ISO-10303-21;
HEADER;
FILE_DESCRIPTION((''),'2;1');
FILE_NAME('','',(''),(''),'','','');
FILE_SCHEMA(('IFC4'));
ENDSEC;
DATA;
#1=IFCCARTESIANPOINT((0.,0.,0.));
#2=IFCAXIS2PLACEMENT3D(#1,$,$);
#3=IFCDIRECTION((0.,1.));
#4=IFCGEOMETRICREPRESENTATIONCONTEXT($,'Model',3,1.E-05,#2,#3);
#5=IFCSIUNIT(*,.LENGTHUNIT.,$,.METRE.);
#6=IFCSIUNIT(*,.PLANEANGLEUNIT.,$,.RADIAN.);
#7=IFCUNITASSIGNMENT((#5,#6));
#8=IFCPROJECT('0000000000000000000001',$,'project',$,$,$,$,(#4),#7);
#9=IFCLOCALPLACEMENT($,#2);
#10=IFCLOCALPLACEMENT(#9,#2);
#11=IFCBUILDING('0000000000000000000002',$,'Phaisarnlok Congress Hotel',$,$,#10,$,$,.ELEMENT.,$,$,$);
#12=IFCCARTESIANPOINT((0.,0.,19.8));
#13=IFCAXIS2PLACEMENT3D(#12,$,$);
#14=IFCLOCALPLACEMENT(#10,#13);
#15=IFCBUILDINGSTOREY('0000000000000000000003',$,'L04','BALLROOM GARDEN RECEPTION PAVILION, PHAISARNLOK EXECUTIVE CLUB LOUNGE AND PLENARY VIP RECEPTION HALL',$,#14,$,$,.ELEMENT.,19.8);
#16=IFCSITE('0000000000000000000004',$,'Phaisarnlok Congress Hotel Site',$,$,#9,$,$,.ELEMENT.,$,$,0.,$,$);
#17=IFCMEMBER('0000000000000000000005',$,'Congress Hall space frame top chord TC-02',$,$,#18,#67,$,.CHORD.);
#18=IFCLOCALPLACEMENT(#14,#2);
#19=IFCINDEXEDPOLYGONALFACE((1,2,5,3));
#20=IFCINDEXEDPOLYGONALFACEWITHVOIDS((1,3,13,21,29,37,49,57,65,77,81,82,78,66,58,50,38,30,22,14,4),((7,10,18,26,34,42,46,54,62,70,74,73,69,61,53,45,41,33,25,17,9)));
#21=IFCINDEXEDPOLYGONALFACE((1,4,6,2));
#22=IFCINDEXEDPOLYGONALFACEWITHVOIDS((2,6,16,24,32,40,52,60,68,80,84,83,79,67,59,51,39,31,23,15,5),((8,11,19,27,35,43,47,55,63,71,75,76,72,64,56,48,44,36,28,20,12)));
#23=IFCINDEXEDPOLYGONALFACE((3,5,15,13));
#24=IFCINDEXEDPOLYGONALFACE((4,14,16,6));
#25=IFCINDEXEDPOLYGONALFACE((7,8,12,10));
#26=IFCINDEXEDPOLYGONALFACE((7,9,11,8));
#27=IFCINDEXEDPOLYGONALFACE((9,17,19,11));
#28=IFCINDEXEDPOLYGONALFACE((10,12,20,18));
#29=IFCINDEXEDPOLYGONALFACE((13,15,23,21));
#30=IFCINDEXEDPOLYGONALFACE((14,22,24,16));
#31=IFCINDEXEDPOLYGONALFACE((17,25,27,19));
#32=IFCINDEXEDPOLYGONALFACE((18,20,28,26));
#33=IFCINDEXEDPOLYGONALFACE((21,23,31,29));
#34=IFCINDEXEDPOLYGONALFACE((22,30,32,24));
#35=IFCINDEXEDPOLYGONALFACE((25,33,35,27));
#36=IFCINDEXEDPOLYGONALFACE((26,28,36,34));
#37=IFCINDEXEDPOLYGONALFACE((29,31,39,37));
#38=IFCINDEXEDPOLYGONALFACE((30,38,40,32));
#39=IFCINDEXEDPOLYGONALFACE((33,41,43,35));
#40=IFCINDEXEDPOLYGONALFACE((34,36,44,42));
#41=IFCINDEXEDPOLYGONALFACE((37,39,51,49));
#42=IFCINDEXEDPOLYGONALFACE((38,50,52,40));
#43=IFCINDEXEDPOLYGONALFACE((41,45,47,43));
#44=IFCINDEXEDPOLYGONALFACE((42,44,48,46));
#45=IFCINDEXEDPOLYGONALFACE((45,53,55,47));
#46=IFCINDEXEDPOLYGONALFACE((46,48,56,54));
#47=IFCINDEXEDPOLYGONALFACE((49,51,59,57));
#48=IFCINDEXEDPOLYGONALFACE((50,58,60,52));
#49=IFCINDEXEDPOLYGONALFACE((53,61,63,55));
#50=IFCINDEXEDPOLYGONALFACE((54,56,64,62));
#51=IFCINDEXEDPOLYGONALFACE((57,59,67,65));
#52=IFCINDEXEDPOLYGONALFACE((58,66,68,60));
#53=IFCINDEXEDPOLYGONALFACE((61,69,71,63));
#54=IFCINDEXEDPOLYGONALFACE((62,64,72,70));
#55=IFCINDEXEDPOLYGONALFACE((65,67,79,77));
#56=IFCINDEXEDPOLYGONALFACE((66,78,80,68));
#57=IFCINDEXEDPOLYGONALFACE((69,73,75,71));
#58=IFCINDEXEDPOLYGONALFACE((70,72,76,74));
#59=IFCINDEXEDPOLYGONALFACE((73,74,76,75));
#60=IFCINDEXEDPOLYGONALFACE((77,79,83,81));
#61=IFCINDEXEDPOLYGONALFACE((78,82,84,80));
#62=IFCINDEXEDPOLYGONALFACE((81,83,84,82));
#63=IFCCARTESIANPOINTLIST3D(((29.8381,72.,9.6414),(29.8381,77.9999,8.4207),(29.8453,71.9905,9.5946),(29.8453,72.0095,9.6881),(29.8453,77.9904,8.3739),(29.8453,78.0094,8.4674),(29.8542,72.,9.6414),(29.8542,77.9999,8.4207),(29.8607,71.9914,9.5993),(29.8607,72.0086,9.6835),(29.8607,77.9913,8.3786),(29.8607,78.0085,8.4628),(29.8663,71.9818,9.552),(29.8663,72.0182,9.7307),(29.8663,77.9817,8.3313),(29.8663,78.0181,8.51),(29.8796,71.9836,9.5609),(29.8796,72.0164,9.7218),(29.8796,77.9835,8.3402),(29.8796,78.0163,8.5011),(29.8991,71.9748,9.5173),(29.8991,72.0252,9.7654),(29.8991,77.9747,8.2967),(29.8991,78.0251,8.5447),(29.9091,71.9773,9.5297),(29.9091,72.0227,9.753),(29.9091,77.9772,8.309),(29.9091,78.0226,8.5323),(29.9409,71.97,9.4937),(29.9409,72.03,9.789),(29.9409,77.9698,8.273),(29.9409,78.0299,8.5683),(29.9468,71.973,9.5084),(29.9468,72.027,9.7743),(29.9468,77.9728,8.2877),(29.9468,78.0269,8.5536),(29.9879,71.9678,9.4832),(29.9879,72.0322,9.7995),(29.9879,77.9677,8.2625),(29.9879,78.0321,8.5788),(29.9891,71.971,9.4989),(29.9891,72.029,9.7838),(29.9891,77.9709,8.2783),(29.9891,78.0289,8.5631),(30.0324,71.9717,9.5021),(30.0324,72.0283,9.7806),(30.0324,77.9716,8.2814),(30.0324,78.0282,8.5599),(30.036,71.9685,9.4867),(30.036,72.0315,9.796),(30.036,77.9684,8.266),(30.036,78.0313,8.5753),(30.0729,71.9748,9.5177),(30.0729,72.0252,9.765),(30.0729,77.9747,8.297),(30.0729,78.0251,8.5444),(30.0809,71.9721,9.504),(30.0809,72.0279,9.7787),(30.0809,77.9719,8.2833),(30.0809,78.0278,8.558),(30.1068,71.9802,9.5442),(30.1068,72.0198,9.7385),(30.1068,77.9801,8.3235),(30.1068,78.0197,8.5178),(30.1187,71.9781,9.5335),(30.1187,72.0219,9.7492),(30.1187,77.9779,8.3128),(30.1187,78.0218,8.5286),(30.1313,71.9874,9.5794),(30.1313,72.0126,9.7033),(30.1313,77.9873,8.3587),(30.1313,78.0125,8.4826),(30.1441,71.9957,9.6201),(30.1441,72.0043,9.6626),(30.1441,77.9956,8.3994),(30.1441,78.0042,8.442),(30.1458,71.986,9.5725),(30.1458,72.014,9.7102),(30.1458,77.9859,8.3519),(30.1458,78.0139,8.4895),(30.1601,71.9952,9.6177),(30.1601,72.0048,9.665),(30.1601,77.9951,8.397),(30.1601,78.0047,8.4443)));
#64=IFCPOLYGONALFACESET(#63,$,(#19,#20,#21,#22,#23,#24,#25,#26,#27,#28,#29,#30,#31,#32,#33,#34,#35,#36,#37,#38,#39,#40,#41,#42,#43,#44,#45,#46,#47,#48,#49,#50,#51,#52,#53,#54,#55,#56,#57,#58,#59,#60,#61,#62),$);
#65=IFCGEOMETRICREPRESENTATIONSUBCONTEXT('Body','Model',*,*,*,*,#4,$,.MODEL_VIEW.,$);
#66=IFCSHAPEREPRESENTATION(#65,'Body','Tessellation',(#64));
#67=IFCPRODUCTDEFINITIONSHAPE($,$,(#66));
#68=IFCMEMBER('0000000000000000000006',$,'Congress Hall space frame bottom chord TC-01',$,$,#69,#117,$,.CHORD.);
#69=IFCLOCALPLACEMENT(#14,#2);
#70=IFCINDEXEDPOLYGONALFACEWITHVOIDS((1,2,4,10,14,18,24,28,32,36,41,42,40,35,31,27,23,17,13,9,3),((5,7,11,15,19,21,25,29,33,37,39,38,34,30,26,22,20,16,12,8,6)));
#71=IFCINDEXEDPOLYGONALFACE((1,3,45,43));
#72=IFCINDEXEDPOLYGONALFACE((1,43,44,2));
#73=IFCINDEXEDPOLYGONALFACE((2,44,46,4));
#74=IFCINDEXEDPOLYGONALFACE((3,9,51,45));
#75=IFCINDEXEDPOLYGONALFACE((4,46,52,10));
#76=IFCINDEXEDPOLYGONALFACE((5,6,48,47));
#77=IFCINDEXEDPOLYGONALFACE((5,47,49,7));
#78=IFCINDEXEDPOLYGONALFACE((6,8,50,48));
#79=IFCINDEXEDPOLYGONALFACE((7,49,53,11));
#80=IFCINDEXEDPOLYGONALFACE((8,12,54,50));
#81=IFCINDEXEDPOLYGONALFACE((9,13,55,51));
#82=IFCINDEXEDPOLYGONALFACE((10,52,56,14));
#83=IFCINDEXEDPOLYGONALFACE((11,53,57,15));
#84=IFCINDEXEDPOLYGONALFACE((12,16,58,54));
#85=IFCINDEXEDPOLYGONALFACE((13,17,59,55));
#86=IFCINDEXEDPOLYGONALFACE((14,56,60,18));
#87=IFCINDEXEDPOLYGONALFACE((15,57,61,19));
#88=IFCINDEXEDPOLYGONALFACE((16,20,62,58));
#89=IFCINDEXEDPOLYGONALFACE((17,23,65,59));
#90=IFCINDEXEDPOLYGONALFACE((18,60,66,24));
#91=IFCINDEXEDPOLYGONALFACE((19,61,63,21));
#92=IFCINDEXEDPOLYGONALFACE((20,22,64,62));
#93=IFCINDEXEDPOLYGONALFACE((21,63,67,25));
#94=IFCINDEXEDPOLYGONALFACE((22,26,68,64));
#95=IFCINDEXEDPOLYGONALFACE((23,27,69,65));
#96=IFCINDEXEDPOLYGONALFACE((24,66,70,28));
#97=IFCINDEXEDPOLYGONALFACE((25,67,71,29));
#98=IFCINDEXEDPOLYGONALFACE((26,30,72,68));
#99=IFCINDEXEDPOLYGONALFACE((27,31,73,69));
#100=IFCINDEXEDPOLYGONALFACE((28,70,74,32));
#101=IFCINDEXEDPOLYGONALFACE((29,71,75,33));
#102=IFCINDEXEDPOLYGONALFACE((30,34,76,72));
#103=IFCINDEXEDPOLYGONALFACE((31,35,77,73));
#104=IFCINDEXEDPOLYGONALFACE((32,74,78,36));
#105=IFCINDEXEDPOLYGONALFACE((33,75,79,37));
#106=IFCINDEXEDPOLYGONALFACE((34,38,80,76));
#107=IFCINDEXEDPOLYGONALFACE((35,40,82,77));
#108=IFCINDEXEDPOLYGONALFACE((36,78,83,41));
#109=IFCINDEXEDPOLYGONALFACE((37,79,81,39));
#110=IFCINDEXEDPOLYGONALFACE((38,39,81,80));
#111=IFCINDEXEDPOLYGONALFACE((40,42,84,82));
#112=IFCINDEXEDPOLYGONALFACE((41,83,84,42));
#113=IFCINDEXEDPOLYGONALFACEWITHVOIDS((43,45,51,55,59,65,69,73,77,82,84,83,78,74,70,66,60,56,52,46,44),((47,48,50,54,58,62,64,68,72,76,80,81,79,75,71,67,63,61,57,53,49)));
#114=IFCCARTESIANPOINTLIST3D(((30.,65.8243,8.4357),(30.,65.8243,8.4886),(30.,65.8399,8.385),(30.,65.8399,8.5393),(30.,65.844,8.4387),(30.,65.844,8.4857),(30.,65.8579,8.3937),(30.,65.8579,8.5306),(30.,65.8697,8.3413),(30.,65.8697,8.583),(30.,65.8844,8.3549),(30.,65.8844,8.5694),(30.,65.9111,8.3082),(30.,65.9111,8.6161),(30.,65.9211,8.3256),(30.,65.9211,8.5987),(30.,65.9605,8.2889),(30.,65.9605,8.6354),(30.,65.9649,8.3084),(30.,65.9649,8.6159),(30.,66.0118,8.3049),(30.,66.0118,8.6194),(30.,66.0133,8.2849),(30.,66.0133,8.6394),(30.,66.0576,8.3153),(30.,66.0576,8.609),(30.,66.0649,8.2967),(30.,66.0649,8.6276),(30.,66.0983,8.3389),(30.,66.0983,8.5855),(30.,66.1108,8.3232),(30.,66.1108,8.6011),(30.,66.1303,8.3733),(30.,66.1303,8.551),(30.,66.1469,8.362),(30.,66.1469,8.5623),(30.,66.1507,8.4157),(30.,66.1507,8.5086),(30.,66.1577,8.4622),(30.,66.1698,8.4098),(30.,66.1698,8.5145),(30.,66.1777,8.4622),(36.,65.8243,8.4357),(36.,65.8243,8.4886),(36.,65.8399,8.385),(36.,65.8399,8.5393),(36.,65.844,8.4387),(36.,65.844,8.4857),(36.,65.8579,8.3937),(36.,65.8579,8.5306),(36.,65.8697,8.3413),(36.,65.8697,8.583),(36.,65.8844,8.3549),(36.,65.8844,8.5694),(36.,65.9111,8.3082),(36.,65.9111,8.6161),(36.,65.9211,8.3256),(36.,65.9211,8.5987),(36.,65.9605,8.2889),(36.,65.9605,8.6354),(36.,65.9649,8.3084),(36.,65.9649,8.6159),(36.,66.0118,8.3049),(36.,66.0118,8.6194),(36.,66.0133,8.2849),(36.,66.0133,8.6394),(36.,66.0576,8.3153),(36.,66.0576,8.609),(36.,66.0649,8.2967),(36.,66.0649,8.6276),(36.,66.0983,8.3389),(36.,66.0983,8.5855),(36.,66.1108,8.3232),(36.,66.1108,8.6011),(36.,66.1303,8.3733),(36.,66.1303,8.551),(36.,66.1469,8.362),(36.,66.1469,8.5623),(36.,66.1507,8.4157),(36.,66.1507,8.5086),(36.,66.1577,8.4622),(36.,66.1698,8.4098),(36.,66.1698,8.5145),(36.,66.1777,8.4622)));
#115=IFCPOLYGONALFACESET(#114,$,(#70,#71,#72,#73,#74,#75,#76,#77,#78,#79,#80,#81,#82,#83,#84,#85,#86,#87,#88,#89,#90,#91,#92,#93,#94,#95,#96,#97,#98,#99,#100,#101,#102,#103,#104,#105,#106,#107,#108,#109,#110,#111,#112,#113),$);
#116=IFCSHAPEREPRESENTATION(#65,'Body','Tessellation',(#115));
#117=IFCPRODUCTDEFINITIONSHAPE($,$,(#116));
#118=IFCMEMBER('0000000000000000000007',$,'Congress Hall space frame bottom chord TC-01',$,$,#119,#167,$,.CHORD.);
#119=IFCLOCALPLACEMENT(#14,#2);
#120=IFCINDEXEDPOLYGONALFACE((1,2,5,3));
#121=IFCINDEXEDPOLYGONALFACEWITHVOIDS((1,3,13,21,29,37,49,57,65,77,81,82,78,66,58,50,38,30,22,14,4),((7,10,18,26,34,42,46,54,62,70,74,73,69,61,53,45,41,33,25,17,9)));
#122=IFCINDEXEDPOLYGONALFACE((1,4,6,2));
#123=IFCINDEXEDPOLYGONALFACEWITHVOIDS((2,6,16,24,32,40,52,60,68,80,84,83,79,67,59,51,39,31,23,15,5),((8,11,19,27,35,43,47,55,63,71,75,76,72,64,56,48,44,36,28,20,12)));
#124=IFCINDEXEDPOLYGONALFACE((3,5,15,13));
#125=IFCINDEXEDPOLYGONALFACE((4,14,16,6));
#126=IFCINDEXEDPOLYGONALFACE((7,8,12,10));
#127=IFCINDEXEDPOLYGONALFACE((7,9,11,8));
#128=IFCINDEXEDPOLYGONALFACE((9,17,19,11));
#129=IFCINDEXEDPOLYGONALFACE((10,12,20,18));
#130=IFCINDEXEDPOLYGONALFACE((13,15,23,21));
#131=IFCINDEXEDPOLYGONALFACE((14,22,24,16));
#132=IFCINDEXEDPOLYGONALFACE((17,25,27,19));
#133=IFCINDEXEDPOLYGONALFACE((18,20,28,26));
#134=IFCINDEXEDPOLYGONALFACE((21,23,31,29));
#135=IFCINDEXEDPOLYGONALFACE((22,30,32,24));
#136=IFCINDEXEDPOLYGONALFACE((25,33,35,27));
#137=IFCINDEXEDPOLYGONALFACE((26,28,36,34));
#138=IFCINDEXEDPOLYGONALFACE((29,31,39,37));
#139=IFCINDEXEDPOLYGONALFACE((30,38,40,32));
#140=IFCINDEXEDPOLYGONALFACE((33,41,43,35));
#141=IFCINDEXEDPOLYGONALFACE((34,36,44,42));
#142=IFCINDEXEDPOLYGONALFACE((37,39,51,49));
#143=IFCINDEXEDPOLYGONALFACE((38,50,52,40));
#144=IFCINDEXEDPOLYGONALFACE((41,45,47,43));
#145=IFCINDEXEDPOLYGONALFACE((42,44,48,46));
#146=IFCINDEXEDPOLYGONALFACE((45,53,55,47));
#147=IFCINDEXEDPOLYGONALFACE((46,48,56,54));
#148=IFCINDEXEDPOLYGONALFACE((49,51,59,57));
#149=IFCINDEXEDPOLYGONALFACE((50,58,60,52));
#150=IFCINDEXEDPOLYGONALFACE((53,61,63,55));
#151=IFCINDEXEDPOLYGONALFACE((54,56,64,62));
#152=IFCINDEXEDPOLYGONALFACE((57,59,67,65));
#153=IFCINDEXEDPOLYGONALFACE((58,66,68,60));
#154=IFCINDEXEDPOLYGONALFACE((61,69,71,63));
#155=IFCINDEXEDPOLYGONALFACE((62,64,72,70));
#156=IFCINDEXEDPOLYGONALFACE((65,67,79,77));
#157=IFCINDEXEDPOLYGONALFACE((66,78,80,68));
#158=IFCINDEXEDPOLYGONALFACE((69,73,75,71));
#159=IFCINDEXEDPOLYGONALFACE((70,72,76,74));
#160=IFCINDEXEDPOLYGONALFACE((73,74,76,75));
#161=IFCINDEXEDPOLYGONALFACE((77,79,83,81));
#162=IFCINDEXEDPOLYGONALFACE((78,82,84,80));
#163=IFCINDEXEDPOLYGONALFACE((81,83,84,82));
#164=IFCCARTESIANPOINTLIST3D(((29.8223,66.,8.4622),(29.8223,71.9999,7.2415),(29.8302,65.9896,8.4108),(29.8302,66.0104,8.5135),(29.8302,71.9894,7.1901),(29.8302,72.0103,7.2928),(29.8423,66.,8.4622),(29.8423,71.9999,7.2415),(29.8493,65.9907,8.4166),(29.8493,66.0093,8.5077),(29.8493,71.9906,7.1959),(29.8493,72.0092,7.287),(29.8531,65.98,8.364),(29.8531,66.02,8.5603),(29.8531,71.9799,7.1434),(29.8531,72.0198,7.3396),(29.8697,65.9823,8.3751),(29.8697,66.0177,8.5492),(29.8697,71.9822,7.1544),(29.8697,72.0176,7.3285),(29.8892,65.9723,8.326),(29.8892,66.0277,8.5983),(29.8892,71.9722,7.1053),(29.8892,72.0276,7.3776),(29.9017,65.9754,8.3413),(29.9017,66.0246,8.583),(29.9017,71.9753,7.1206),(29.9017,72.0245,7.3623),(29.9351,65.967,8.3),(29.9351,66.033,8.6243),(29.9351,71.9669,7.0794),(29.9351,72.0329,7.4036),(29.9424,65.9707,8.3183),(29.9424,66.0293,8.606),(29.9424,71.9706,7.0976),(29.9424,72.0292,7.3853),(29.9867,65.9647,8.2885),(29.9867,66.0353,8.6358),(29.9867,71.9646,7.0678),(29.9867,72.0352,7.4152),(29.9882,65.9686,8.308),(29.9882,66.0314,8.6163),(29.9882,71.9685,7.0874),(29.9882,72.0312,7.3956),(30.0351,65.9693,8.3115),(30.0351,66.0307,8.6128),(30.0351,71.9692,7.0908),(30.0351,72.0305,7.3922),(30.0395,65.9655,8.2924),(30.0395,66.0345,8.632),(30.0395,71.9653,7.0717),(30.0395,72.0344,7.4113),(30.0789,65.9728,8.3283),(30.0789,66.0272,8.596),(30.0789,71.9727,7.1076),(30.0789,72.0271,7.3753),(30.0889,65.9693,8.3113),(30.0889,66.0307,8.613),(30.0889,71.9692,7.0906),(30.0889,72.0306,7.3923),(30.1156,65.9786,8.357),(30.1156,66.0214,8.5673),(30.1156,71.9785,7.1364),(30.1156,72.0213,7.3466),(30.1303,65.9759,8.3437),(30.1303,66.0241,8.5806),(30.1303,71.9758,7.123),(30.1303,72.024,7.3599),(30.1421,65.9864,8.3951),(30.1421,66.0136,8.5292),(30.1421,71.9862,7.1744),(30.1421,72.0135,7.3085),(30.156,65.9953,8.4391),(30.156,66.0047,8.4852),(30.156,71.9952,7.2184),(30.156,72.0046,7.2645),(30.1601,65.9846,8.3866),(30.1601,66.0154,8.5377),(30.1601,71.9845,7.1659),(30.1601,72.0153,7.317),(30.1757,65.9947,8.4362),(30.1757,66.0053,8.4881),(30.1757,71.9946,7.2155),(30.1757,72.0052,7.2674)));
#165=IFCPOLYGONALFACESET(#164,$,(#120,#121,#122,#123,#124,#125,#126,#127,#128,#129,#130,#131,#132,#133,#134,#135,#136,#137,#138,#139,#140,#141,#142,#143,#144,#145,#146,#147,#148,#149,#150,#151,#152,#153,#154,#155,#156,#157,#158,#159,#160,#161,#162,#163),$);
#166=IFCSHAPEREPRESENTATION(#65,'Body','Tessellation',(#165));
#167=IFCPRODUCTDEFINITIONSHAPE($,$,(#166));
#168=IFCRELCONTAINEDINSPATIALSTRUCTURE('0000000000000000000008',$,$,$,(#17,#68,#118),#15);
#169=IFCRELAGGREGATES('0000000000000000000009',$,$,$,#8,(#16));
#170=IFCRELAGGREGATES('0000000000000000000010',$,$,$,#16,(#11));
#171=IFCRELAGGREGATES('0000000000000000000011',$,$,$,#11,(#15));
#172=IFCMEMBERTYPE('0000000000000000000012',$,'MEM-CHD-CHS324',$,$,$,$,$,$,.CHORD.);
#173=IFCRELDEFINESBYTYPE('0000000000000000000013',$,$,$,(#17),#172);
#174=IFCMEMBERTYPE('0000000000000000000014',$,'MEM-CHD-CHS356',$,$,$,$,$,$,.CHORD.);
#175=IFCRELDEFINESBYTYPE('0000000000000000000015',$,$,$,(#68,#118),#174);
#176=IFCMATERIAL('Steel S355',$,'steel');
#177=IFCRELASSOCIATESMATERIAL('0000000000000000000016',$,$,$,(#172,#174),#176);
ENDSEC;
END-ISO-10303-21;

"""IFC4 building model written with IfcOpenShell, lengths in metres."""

from ifc_helpers import new_model, si_unit, direction, frame, origin, origin_2d, place, context, subcontext, project, spatial, hollow_circle, extrude, material, material_profile, profile_set, type_object, element, save


model = new_model("IFC4")

# Units and contexts
model_context = context("Model", 3, precision=1e-05, world=origin(), true_north=direction((0.0, 1.0)))
body_context = subcontext(model_context, "Body", "Model", "MODEL_VIEW")
ifc_project = project(units=[si_unit("LENGTHUNIT", "METRE"), si_unit("PLANEANGLEUNIT", "RADIAN")], contexts=[model_context])

# Site, building, storey
site_placement = place(None, origin())
site = spatial("IfcSite", under=ifc_project, at=site_placement, Name="Phaisarnlok Congress Hotel Site", CompositionType="ELEMENT", RefElevation=0.0)
building_placement = place(site_placement, origin())
building = spatial("IfcBuilding", under=site, at=building_placement, Name="Phaisarnlok Congress Hotel", CompositionType="ELEMENT")
storey_placement = place(building_placement, frame((0.0, 0.0, 19.8)))
storey = spatial("IfcBuildingStorey", under=building, at=storey_placement, Name="L04", Description="BALLROOM GARDEN RECEPTION PAVILION, PHAISARNLOK EXECUTIVE CLUB LOUNGE AND PLENARY VIP RECEPTION HALL", CompositionType="ELEMENT", Elevation=19.8)

# Members
ifc_material = material(Name="Steel S355", Category="steel")
ifc_material_profile_1 = material_profile(ifc_material, hollow_circle(Radius=0.1619, WallThickness=0.0161, at=origin_2d()), Name="CHS 323.9x16")
ifc_profile_set_1 = profile_set([ifc_material_profile_1], Name="Steel S355")
member_type_1 = type_object("IfcMemberType", Name="MEM-CHD-CHS324", PredefinedType="CHORD", material=ifc_profile_set_1)
member_1_placement = place(storey_placement, frame((30.0, 72.0, 9.6414), z_axis=(0.0, 0.979925, -0.199366), x_axis=(-1.0, 0.0, 0.0)))
element("IfcMember", 1, at=member_1_placement, inside=storey, type_object=member_type_1, Name="Congress Hall space frame top chord TC-02", PredefinedType="CHORD", context=body_context, shape_type="SweptSolid", body=[
    extrude(hollow_circle(Radius=0.1619, WallThickness=0.0161, at=origin_2d()), origin(), (0.0, 0.0, 1.0), 6.1228),
])
ifc_material_profile_2 = material_profile(ifc_material, hollow_circle(Radius=0.1777, WallThickness=0.02, at=origin_2d()), Name="CHS 355.6x20")
ifc_profile_set_2 = profile_set([ifc_material_profile_2], Name="Steel S355")
member_type_2 = type_object("IfcMemberType", Name="MEM-CHD-CHS356", PredefinedType="CHORD", material=ifc_profile_set_2)
member_2_placement = place(storey_placement, frame((30.0, 66.0, 8.4622), z_axis=(1.0, 0.0, 0.0), x_axis=(0.0, 1.0, 0.0)))
element("IfcMember", 2, at=member_2_placement, inside=storey, type_object=member_type_2, Name="Congress Hall space frame bottom chord TC-01", PredefinedType="CHORD", context=body_context, shape_type="SweptSolid", body=[
    extrude(hollow_circle(Radius=0.1777, WallThickness=0.02, at=origin_2d()), origin(), (0.0, 0.0, 1.0), 6.0),
])
member_3_placement = place(storey_placement, frame((30.0, 66.0, 8.4622), z_axis=(0.0, 0.979925, -0.199366), x_axis=(-1.0, 0.0, 0.0)))
element("IfcMember", 3, at=member_3_placement, inside=storey, type_object=member_type_2, Name="Congress Hall space frame bottom chord TC-01", PredefinedType="CHORD", context=body_context, shape_type="SweptSolid", body=[
    extrude(hollow_circle(Radius=0.1777, WallThickness=0.02, at=origin_2d()), origin(), (0.0, 0.0, 1.0), 6.1228),
])

save(model, "model.ifc")
